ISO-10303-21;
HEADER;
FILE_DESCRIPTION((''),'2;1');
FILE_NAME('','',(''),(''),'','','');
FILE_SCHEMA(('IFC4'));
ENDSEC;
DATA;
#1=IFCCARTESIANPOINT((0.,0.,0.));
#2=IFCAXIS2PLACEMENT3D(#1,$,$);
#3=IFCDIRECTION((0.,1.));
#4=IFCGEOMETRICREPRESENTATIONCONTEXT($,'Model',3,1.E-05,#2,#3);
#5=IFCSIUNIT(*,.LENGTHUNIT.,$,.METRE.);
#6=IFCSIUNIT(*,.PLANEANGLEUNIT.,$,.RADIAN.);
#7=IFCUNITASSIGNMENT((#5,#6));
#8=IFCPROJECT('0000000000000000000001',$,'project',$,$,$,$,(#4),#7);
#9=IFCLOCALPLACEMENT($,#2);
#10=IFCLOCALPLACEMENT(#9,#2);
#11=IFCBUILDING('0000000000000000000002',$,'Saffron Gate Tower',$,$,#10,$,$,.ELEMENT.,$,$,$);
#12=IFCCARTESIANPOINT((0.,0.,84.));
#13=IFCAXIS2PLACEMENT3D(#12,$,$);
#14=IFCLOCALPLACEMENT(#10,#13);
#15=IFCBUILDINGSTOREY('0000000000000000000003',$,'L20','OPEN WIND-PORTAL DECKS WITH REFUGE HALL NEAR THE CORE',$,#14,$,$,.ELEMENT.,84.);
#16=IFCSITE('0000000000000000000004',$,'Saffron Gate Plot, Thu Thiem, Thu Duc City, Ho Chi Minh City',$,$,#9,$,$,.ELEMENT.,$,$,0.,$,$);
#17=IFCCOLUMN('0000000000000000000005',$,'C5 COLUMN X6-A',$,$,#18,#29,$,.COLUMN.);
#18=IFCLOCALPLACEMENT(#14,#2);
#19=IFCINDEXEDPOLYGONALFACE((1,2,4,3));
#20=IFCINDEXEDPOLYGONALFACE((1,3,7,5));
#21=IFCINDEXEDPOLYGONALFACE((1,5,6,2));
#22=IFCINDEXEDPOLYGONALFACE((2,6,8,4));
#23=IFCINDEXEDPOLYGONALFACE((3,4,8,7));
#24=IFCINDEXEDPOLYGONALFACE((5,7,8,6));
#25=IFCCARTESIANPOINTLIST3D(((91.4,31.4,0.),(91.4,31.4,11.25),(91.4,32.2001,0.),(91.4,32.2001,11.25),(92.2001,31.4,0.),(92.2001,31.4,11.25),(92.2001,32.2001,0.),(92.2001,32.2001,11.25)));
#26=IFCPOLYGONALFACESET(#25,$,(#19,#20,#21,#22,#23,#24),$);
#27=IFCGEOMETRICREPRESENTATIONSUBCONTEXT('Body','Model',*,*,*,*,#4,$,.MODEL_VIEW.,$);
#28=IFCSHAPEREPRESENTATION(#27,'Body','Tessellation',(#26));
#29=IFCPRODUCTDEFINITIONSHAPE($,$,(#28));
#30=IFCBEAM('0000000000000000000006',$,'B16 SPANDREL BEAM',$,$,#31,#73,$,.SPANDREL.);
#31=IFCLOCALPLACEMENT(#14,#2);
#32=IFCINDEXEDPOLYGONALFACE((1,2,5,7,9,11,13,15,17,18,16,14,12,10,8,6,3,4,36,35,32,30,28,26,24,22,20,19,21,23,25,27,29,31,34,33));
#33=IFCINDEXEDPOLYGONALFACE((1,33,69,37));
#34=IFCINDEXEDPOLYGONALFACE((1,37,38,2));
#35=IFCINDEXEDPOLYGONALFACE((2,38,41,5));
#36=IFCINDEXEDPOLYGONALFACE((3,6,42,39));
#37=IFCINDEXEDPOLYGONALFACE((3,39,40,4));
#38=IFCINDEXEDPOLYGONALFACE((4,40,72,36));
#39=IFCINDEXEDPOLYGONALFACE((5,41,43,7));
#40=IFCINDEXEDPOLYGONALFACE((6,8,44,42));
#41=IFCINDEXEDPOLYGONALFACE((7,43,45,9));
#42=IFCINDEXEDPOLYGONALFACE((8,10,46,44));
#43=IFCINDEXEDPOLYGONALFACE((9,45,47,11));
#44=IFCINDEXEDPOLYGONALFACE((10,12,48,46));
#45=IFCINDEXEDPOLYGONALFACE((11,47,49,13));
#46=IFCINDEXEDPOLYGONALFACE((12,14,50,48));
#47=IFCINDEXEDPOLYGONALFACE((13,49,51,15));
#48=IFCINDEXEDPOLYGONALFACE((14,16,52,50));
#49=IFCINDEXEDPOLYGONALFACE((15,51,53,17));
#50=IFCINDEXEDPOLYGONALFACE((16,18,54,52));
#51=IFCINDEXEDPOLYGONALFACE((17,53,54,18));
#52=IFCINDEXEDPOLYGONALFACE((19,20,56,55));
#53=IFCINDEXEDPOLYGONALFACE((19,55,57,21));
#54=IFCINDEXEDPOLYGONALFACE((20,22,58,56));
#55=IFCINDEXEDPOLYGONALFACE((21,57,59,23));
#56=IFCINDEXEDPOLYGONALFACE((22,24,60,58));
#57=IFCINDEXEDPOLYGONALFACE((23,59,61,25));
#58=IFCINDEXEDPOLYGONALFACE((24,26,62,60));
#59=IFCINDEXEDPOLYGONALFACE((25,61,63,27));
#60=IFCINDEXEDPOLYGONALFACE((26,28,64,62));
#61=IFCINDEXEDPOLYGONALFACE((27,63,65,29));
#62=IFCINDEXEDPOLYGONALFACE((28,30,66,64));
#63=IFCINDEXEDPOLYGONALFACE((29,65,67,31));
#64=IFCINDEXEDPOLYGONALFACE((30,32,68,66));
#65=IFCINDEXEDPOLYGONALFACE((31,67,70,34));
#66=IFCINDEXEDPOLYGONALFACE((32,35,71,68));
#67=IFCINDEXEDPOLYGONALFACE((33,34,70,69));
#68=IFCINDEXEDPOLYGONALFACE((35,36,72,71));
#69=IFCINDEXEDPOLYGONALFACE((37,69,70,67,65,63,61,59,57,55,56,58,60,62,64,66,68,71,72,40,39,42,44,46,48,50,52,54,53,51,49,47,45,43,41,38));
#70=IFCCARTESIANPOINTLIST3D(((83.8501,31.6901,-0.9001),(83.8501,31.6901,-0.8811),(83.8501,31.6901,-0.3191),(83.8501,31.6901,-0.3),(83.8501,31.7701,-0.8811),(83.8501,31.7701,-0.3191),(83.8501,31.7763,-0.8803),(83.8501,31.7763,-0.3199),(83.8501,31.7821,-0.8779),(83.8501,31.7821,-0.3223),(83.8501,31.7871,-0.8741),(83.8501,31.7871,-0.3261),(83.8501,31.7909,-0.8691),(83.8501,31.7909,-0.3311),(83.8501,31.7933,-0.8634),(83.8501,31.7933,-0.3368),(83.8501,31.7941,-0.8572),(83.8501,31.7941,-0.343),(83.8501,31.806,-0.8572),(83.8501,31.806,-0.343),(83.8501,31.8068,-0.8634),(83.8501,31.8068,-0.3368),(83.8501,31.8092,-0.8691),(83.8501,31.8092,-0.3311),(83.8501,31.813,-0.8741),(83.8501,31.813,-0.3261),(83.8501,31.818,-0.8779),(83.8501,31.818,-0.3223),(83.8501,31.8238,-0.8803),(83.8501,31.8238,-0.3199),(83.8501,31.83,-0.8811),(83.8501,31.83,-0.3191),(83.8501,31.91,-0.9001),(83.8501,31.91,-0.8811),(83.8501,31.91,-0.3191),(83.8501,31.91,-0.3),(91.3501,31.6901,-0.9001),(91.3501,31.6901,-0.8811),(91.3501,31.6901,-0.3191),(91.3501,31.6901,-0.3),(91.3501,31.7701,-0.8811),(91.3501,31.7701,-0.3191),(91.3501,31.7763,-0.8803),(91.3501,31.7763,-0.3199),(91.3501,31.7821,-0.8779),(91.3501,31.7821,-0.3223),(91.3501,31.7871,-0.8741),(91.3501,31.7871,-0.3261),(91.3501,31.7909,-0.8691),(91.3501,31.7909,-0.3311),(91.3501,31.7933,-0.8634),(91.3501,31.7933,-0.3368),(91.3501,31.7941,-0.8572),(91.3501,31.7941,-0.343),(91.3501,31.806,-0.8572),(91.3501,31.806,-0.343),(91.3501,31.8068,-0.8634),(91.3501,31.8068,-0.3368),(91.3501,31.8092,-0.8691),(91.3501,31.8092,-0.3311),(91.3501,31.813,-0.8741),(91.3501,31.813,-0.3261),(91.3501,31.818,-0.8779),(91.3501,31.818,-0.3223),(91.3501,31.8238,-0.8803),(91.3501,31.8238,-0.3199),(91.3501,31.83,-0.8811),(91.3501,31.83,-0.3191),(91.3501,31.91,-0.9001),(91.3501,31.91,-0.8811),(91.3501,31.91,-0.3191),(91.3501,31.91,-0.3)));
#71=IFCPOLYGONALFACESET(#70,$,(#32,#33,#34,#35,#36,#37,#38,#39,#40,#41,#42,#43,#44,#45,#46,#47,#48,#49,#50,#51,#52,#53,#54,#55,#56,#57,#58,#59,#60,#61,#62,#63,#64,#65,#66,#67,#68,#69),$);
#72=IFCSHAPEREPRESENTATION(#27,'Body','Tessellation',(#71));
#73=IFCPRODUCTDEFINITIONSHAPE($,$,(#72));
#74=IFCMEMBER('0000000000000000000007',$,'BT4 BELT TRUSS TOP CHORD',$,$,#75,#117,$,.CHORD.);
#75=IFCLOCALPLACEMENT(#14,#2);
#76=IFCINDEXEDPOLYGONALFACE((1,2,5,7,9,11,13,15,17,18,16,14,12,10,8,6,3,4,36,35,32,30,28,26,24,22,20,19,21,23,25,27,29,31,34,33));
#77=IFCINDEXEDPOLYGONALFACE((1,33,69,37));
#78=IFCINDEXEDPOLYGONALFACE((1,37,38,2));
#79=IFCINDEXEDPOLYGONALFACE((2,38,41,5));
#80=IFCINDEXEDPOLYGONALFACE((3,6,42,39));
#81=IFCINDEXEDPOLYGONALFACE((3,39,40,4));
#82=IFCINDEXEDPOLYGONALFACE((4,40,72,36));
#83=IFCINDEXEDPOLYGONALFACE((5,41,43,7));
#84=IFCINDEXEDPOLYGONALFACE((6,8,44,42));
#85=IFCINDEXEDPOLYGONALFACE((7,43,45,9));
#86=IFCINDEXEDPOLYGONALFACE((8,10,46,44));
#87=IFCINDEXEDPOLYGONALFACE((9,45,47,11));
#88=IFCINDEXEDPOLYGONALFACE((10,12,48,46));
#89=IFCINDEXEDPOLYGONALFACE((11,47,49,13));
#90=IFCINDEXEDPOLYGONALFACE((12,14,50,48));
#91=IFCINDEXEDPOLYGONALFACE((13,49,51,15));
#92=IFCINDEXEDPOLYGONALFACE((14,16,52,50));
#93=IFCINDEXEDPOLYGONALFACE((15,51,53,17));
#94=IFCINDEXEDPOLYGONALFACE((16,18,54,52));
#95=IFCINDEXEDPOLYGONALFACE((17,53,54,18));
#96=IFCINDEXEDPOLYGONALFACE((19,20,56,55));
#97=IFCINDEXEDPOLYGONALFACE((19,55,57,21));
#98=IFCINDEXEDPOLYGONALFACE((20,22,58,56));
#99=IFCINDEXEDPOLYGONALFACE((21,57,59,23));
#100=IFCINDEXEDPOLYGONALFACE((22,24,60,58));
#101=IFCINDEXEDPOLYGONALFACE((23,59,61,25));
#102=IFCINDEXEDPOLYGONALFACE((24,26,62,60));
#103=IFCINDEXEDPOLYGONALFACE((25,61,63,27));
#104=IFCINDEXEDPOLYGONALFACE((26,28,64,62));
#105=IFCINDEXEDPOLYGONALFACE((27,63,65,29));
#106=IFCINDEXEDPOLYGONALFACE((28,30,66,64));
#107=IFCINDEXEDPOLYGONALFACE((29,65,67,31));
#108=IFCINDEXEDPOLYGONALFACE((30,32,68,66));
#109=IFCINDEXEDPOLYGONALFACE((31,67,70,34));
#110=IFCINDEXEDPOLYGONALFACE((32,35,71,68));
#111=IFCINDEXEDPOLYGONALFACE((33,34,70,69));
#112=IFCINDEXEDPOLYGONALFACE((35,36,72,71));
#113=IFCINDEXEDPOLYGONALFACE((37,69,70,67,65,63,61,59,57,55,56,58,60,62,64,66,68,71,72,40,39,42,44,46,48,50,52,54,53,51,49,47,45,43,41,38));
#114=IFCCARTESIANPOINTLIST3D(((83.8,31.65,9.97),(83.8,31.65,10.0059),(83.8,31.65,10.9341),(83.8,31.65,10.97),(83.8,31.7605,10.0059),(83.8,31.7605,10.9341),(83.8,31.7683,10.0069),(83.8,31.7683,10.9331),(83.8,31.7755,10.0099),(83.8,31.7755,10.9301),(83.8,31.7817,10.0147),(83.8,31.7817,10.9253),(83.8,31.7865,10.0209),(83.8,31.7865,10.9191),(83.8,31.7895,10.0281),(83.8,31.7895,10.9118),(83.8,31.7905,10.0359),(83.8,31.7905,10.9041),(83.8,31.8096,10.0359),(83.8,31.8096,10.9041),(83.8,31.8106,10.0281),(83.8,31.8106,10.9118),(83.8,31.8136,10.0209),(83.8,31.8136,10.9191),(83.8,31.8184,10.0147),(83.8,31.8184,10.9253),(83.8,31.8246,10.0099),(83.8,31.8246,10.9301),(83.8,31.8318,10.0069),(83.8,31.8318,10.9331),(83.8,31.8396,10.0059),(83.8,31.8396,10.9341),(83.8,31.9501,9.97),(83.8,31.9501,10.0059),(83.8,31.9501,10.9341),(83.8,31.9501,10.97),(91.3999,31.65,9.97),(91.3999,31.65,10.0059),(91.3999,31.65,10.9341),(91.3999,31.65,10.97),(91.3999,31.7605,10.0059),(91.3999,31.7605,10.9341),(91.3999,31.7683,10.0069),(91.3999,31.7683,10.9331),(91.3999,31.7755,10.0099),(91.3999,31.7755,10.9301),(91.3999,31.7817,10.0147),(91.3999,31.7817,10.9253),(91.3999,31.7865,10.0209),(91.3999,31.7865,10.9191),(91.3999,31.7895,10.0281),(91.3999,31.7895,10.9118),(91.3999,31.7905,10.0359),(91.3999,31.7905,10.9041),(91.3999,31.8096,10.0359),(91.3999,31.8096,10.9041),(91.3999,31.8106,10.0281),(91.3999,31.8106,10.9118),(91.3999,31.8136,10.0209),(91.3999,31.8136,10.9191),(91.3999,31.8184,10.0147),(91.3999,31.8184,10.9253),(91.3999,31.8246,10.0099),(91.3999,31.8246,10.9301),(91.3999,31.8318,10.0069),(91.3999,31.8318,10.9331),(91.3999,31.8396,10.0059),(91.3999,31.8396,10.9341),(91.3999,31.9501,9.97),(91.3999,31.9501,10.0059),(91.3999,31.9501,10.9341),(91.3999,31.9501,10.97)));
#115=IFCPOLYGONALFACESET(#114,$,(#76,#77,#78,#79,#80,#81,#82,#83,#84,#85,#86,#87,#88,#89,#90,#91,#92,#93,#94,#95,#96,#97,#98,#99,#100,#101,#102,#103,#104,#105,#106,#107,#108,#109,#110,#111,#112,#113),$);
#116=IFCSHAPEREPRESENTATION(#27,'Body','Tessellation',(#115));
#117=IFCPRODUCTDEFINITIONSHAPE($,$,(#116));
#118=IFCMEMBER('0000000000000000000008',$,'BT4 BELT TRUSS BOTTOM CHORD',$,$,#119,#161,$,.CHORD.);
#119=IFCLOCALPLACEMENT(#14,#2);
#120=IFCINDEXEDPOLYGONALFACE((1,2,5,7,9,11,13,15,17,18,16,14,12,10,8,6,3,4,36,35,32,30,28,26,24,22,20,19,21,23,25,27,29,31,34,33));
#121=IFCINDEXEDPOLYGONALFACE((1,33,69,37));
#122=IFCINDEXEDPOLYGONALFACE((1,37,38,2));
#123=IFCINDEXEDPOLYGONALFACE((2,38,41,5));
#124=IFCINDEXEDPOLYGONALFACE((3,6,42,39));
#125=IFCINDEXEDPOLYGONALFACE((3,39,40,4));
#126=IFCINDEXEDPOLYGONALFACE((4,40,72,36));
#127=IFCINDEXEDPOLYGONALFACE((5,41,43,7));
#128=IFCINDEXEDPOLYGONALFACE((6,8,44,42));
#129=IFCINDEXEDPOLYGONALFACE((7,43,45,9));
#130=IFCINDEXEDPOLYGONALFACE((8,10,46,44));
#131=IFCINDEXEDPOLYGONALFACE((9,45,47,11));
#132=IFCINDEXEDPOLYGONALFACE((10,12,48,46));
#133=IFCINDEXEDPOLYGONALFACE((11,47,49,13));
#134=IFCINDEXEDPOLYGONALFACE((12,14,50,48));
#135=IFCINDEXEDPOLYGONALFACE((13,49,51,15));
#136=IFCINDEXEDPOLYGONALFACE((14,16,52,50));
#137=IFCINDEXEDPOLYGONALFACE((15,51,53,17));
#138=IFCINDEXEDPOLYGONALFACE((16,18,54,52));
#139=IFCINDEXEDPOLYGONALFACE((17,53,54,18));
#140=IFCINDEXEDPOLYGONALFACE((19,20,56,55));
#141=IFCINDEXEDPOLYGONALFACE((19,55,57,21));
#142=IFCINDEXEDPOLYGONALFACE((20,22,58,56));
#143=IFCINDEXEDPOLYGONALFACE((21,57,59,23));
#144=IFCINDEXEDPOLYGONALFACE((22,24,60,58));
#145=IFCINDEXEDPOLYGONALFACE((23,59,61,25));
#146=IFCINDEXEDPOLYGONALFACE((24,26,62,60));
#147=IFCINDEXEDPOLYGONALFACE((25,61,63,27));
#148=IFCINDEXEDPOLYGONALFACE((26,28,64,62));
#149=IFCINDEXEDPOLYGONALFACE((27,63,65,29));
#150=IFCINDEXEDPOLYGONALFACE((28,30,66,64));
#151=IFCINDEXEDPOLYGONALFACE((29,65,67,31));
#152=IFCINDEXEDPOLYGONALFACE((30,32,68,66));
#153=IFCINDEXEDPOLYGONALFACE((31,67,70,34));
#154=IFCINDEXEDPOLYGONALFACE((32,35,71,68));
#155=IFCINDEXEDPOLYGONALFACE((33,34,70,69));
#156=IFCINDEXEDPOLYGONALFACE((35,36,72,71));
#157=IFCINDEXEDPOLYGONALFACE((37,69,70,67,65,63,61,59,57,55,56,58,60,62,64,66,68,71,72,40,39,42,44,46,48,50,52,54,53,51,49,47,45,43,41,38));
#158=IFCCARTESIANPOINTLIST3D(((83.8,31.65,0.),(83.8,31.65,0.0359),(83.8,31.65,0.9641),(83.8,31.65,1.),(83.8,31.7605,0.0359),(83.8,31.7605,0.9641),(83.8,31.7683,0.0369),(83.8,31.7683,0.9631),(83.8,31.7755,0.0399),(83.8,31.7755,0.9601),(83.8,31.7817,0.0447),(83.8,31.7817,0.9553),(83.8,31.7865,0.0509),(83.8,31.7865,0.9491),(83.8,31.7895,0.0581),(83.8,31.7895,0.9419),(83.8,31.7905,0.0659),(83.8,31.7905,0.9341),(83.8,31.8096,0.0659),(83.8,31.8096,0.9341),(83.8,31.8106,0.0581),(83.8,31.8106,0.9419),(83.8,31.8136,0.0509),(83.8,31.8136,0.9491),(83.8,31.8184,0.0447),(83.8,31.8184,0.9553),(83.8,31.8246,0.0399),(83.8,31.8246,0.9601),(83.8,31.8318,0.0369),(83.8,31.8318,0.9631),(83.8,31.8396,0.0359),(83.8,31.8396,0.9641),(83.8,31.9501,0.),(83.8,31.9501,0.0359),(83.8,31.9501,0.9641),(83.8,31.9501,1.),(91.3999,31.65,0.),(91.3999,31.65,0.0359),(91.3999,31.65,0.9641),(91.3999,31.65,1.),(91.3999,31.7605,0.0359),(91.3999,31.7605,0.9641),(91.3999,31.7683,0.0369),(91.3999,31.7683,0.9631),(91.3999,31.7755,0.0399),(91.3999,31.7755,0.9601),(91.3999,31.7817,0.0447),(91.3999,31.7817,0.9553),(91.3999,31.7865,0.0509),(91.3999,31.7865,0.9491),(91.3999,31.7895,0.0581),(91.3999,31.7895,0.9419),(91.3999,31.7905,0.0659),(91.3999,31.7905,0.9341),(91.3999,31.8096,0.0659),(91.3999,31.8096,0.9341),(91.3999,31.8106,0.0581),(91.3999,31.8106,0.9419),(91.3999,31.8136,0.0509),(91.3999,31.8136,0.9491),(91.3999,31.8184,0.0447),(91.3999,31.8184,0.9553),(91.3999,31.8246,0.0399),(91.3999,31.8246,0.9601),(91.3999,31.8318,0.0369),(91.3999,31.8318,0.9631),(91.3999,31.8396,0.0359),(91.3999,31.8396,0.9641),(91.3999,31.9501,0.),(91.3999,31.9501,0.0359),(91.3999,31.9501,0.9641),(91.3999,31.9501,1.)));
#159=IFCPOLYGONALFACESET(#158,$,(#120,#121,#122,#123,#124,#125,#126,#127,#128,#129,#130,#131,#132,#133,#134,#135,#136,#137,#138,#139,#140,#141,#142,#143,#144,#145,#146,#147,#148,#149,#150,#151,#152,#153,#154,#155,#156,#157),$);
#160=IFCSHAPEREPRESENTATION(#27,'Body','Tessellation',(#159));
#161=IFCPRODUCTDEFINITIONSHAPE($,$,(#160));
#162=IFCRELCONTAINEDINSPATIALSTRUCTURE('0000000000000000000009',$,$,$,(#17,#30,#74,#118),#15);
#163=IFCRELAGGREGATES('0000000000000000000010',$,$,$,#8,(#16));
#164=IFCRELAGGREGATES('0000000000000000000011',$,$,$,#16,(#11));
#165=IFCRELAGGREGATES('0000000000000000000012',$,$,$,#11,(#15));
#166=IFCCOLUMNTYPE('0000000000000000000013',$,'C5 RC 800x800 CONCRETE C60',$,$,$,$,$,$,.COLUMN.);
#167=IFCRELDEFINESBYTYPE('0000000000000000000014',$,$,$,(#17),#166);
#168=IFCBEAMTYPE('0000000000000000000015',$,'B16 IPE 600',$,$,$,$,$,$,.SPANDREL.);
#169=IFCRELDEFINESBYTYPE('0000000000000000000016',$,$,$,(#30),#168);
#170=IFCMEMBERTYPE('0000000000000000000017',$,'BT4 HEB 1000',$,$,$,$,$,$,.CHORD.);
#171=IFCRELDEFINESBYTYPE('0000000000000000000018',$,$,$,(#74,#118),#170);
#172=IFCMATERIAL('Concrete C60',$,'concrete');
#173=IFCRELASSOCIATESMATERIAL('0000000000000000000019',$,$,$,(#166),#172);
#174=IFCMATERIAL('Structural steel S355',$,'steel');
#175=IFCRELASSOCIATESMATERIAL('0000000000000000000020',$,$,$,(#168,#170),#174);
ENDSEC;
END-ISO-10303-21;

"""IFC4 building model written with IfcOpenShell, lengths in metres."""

from ifc_helpers import new_model, si_unit, direction, frame, origin, origin_2d, place, context, subcontext, project, spatial, rectangle, i_section, extrude, material, material_profile, profile_set, type_object, element, save


model = new_model("IFC4")

# Units and contexts
model_context = context("Model", 3, precision=1e-05, world=origin(), true_north=direction((0.0, 1.0)))
body_context = subcontext(model_context, "Body", "Model", "MODEL_VIEW")
ifc_project = project(units=[si_unit("LENGTHUNIT", "METRE"), si_unit("PLANEANGLEUNIT", "RADIAN")], contexts=[model_context])

# Site, building, storey
site_placement = place(None, origin())
site = spatial("IfcSite", under=ifc_project, at=site_placement, Name="Saffron Gate Plot, Thu Thiem, Thu Duc City, Ho Chi Minh City", CompositionType="ELEMENT", RefElevation=0.0)
building_placement = place(site_placement, origin())
building = spatial("IfcBuilding", under=site, at=building_placement, Name="Saffron Gate Tower", CompositionType="ELEMENT")
storey_placement = place(building_placement, frame((0.0, 0.0, 84.0)))
storey = spatial("IfcBuildingStorey", under=building, at=storey_placement, Name="L20", Description="OPEN WIND-PORTAL DECKS WITH REFUGE HALL NEAR THE CORE", CompositionType="ELEMENT", Elevation=84.0)

# Column
ifc_material_1 = material(Name="Concrete C60", Category="concrete")
ifc_material_profile_1 = material_profile(ifc_material_1, rectangle(XDim=0.8, YDim=0.8, at=origin_2d()))
ifc_profile_set_1 = profile_set([ifc_material_profile_1], Name="Concrete C60")
column_type = type_object("IfcColumnType", Name="C5 RC 800x800 CONCRETE C60", PredefinedType="COLUMN", material=ifc_profile_set_1)
column_placement = place(storey_placement, frame((91.8, 31.8, 0.0), z_axis=(0.0, 0.0, 1.0), x_axis=(1.0, 0.0, 0.0)))
element("IfcColumn", 1, at=column_placement, inside=storey, type_object=column_type, Name="C5 COLUMN X6-A", PredefinedType="COLUMN", context=body_context, shape_type="SweptSolid", body=[
    extrude(rectangle(XDim=0.8, YDim=0.8, at=origin_2d()), origin(), (0.0, 0.0, 1.0), 11.25),
])

# Beam
ifc_material_2 = material(Name="Structural steel S355", Category="steel")
ifc_material_profile_2 = material_profile(ifc_material_2, i_section(OverallWidth=0.22, OverallDepth=0.6001, WebThickness=0.012, FlangeThickness=0.019, FilletRadius=0.0239, at=origin_2d()))
ifc_profile_set_2 = profile_set([ifc_material_profile_2], Name="Structural steel S355")
beam_type_1 = type_object("IfcBeamType", Name="B16 IPE 600", PredefinedType="SPANDREL", material=ifc_profile_set_2)
beam_1_placement = place(storey_placement, frame((83.8501, 31.8, -0.6001), z_axis=(1.0, 0.0, 0.0), x_axis=(0.0, 1.0, 0.0)))
element("IfcBeam", 2, at=beam_1_placement, inside=storey, type_object=beam_type_1, Name="B16 SPANDREL BEAM", PredefinedType="SPANDREL", context=body_context, shape_type="SweptSolid", body=[
    extrude(i_section(OverallWidth=0.22, OverallDepth=0.6001, WebThickness=0.012, FlangeThickness=0.019, FilletRadius=0.0239, at=origin_2d()), origin(), (0.0, 0.0, 1.0), 7.5),
])

# Members
ifc_material_profile_3 = material_profile(ifc_material_2, i_section(OverallWidth=0.3, OverallDepth=1.0, WebThickness=0.019, FlangeThickness=0.0359, FilletRadius=0.03, at=origin_2d()))
ifc_profile_set_3 = profile_set([ifc_material_profile_3], Name="Structural steel S355")
member_type_1 = type_object("IfcMemberType", Name="BT4 HEB 1000", PredefinedType="CHORD", material=ifc_profile_set_3)
for number, where, z_axis, x_axis, name in (
    (3, (83.8, 31.8, 10.47), (1.0, 0.0, 0.0), (0.0, 1.0, 0.0), "BT4 BELT TRUSS TOP CHORD"),
    (4, (83.8, 31.8, 0.5), (1.0, 0.0, 0.0), (0.0, 1.0, 0.0), "BT4 BELT TRUSS BOTTOM CHORD"),
):
    element("IfcMember", number, at=place(storey_placement, frame(where, z_axis=z_axis, x_axis=x_axis)), inside=storey, type_object=member_type_1, Name=name, PredefinedType="CHORD", context=body_context, shape_type="SweptSolid", body=[
        extrude(i_section(OverallWidth=0.3, OverallDepth=1.0, WebThickness=0.019, FlangeThickness=0.0359, FilletRadius=0.03, at=origin_2d()), origin(), (0.0, 0.0, 1.0), 7.5999),
    ])

save(model, "model.ifc")
